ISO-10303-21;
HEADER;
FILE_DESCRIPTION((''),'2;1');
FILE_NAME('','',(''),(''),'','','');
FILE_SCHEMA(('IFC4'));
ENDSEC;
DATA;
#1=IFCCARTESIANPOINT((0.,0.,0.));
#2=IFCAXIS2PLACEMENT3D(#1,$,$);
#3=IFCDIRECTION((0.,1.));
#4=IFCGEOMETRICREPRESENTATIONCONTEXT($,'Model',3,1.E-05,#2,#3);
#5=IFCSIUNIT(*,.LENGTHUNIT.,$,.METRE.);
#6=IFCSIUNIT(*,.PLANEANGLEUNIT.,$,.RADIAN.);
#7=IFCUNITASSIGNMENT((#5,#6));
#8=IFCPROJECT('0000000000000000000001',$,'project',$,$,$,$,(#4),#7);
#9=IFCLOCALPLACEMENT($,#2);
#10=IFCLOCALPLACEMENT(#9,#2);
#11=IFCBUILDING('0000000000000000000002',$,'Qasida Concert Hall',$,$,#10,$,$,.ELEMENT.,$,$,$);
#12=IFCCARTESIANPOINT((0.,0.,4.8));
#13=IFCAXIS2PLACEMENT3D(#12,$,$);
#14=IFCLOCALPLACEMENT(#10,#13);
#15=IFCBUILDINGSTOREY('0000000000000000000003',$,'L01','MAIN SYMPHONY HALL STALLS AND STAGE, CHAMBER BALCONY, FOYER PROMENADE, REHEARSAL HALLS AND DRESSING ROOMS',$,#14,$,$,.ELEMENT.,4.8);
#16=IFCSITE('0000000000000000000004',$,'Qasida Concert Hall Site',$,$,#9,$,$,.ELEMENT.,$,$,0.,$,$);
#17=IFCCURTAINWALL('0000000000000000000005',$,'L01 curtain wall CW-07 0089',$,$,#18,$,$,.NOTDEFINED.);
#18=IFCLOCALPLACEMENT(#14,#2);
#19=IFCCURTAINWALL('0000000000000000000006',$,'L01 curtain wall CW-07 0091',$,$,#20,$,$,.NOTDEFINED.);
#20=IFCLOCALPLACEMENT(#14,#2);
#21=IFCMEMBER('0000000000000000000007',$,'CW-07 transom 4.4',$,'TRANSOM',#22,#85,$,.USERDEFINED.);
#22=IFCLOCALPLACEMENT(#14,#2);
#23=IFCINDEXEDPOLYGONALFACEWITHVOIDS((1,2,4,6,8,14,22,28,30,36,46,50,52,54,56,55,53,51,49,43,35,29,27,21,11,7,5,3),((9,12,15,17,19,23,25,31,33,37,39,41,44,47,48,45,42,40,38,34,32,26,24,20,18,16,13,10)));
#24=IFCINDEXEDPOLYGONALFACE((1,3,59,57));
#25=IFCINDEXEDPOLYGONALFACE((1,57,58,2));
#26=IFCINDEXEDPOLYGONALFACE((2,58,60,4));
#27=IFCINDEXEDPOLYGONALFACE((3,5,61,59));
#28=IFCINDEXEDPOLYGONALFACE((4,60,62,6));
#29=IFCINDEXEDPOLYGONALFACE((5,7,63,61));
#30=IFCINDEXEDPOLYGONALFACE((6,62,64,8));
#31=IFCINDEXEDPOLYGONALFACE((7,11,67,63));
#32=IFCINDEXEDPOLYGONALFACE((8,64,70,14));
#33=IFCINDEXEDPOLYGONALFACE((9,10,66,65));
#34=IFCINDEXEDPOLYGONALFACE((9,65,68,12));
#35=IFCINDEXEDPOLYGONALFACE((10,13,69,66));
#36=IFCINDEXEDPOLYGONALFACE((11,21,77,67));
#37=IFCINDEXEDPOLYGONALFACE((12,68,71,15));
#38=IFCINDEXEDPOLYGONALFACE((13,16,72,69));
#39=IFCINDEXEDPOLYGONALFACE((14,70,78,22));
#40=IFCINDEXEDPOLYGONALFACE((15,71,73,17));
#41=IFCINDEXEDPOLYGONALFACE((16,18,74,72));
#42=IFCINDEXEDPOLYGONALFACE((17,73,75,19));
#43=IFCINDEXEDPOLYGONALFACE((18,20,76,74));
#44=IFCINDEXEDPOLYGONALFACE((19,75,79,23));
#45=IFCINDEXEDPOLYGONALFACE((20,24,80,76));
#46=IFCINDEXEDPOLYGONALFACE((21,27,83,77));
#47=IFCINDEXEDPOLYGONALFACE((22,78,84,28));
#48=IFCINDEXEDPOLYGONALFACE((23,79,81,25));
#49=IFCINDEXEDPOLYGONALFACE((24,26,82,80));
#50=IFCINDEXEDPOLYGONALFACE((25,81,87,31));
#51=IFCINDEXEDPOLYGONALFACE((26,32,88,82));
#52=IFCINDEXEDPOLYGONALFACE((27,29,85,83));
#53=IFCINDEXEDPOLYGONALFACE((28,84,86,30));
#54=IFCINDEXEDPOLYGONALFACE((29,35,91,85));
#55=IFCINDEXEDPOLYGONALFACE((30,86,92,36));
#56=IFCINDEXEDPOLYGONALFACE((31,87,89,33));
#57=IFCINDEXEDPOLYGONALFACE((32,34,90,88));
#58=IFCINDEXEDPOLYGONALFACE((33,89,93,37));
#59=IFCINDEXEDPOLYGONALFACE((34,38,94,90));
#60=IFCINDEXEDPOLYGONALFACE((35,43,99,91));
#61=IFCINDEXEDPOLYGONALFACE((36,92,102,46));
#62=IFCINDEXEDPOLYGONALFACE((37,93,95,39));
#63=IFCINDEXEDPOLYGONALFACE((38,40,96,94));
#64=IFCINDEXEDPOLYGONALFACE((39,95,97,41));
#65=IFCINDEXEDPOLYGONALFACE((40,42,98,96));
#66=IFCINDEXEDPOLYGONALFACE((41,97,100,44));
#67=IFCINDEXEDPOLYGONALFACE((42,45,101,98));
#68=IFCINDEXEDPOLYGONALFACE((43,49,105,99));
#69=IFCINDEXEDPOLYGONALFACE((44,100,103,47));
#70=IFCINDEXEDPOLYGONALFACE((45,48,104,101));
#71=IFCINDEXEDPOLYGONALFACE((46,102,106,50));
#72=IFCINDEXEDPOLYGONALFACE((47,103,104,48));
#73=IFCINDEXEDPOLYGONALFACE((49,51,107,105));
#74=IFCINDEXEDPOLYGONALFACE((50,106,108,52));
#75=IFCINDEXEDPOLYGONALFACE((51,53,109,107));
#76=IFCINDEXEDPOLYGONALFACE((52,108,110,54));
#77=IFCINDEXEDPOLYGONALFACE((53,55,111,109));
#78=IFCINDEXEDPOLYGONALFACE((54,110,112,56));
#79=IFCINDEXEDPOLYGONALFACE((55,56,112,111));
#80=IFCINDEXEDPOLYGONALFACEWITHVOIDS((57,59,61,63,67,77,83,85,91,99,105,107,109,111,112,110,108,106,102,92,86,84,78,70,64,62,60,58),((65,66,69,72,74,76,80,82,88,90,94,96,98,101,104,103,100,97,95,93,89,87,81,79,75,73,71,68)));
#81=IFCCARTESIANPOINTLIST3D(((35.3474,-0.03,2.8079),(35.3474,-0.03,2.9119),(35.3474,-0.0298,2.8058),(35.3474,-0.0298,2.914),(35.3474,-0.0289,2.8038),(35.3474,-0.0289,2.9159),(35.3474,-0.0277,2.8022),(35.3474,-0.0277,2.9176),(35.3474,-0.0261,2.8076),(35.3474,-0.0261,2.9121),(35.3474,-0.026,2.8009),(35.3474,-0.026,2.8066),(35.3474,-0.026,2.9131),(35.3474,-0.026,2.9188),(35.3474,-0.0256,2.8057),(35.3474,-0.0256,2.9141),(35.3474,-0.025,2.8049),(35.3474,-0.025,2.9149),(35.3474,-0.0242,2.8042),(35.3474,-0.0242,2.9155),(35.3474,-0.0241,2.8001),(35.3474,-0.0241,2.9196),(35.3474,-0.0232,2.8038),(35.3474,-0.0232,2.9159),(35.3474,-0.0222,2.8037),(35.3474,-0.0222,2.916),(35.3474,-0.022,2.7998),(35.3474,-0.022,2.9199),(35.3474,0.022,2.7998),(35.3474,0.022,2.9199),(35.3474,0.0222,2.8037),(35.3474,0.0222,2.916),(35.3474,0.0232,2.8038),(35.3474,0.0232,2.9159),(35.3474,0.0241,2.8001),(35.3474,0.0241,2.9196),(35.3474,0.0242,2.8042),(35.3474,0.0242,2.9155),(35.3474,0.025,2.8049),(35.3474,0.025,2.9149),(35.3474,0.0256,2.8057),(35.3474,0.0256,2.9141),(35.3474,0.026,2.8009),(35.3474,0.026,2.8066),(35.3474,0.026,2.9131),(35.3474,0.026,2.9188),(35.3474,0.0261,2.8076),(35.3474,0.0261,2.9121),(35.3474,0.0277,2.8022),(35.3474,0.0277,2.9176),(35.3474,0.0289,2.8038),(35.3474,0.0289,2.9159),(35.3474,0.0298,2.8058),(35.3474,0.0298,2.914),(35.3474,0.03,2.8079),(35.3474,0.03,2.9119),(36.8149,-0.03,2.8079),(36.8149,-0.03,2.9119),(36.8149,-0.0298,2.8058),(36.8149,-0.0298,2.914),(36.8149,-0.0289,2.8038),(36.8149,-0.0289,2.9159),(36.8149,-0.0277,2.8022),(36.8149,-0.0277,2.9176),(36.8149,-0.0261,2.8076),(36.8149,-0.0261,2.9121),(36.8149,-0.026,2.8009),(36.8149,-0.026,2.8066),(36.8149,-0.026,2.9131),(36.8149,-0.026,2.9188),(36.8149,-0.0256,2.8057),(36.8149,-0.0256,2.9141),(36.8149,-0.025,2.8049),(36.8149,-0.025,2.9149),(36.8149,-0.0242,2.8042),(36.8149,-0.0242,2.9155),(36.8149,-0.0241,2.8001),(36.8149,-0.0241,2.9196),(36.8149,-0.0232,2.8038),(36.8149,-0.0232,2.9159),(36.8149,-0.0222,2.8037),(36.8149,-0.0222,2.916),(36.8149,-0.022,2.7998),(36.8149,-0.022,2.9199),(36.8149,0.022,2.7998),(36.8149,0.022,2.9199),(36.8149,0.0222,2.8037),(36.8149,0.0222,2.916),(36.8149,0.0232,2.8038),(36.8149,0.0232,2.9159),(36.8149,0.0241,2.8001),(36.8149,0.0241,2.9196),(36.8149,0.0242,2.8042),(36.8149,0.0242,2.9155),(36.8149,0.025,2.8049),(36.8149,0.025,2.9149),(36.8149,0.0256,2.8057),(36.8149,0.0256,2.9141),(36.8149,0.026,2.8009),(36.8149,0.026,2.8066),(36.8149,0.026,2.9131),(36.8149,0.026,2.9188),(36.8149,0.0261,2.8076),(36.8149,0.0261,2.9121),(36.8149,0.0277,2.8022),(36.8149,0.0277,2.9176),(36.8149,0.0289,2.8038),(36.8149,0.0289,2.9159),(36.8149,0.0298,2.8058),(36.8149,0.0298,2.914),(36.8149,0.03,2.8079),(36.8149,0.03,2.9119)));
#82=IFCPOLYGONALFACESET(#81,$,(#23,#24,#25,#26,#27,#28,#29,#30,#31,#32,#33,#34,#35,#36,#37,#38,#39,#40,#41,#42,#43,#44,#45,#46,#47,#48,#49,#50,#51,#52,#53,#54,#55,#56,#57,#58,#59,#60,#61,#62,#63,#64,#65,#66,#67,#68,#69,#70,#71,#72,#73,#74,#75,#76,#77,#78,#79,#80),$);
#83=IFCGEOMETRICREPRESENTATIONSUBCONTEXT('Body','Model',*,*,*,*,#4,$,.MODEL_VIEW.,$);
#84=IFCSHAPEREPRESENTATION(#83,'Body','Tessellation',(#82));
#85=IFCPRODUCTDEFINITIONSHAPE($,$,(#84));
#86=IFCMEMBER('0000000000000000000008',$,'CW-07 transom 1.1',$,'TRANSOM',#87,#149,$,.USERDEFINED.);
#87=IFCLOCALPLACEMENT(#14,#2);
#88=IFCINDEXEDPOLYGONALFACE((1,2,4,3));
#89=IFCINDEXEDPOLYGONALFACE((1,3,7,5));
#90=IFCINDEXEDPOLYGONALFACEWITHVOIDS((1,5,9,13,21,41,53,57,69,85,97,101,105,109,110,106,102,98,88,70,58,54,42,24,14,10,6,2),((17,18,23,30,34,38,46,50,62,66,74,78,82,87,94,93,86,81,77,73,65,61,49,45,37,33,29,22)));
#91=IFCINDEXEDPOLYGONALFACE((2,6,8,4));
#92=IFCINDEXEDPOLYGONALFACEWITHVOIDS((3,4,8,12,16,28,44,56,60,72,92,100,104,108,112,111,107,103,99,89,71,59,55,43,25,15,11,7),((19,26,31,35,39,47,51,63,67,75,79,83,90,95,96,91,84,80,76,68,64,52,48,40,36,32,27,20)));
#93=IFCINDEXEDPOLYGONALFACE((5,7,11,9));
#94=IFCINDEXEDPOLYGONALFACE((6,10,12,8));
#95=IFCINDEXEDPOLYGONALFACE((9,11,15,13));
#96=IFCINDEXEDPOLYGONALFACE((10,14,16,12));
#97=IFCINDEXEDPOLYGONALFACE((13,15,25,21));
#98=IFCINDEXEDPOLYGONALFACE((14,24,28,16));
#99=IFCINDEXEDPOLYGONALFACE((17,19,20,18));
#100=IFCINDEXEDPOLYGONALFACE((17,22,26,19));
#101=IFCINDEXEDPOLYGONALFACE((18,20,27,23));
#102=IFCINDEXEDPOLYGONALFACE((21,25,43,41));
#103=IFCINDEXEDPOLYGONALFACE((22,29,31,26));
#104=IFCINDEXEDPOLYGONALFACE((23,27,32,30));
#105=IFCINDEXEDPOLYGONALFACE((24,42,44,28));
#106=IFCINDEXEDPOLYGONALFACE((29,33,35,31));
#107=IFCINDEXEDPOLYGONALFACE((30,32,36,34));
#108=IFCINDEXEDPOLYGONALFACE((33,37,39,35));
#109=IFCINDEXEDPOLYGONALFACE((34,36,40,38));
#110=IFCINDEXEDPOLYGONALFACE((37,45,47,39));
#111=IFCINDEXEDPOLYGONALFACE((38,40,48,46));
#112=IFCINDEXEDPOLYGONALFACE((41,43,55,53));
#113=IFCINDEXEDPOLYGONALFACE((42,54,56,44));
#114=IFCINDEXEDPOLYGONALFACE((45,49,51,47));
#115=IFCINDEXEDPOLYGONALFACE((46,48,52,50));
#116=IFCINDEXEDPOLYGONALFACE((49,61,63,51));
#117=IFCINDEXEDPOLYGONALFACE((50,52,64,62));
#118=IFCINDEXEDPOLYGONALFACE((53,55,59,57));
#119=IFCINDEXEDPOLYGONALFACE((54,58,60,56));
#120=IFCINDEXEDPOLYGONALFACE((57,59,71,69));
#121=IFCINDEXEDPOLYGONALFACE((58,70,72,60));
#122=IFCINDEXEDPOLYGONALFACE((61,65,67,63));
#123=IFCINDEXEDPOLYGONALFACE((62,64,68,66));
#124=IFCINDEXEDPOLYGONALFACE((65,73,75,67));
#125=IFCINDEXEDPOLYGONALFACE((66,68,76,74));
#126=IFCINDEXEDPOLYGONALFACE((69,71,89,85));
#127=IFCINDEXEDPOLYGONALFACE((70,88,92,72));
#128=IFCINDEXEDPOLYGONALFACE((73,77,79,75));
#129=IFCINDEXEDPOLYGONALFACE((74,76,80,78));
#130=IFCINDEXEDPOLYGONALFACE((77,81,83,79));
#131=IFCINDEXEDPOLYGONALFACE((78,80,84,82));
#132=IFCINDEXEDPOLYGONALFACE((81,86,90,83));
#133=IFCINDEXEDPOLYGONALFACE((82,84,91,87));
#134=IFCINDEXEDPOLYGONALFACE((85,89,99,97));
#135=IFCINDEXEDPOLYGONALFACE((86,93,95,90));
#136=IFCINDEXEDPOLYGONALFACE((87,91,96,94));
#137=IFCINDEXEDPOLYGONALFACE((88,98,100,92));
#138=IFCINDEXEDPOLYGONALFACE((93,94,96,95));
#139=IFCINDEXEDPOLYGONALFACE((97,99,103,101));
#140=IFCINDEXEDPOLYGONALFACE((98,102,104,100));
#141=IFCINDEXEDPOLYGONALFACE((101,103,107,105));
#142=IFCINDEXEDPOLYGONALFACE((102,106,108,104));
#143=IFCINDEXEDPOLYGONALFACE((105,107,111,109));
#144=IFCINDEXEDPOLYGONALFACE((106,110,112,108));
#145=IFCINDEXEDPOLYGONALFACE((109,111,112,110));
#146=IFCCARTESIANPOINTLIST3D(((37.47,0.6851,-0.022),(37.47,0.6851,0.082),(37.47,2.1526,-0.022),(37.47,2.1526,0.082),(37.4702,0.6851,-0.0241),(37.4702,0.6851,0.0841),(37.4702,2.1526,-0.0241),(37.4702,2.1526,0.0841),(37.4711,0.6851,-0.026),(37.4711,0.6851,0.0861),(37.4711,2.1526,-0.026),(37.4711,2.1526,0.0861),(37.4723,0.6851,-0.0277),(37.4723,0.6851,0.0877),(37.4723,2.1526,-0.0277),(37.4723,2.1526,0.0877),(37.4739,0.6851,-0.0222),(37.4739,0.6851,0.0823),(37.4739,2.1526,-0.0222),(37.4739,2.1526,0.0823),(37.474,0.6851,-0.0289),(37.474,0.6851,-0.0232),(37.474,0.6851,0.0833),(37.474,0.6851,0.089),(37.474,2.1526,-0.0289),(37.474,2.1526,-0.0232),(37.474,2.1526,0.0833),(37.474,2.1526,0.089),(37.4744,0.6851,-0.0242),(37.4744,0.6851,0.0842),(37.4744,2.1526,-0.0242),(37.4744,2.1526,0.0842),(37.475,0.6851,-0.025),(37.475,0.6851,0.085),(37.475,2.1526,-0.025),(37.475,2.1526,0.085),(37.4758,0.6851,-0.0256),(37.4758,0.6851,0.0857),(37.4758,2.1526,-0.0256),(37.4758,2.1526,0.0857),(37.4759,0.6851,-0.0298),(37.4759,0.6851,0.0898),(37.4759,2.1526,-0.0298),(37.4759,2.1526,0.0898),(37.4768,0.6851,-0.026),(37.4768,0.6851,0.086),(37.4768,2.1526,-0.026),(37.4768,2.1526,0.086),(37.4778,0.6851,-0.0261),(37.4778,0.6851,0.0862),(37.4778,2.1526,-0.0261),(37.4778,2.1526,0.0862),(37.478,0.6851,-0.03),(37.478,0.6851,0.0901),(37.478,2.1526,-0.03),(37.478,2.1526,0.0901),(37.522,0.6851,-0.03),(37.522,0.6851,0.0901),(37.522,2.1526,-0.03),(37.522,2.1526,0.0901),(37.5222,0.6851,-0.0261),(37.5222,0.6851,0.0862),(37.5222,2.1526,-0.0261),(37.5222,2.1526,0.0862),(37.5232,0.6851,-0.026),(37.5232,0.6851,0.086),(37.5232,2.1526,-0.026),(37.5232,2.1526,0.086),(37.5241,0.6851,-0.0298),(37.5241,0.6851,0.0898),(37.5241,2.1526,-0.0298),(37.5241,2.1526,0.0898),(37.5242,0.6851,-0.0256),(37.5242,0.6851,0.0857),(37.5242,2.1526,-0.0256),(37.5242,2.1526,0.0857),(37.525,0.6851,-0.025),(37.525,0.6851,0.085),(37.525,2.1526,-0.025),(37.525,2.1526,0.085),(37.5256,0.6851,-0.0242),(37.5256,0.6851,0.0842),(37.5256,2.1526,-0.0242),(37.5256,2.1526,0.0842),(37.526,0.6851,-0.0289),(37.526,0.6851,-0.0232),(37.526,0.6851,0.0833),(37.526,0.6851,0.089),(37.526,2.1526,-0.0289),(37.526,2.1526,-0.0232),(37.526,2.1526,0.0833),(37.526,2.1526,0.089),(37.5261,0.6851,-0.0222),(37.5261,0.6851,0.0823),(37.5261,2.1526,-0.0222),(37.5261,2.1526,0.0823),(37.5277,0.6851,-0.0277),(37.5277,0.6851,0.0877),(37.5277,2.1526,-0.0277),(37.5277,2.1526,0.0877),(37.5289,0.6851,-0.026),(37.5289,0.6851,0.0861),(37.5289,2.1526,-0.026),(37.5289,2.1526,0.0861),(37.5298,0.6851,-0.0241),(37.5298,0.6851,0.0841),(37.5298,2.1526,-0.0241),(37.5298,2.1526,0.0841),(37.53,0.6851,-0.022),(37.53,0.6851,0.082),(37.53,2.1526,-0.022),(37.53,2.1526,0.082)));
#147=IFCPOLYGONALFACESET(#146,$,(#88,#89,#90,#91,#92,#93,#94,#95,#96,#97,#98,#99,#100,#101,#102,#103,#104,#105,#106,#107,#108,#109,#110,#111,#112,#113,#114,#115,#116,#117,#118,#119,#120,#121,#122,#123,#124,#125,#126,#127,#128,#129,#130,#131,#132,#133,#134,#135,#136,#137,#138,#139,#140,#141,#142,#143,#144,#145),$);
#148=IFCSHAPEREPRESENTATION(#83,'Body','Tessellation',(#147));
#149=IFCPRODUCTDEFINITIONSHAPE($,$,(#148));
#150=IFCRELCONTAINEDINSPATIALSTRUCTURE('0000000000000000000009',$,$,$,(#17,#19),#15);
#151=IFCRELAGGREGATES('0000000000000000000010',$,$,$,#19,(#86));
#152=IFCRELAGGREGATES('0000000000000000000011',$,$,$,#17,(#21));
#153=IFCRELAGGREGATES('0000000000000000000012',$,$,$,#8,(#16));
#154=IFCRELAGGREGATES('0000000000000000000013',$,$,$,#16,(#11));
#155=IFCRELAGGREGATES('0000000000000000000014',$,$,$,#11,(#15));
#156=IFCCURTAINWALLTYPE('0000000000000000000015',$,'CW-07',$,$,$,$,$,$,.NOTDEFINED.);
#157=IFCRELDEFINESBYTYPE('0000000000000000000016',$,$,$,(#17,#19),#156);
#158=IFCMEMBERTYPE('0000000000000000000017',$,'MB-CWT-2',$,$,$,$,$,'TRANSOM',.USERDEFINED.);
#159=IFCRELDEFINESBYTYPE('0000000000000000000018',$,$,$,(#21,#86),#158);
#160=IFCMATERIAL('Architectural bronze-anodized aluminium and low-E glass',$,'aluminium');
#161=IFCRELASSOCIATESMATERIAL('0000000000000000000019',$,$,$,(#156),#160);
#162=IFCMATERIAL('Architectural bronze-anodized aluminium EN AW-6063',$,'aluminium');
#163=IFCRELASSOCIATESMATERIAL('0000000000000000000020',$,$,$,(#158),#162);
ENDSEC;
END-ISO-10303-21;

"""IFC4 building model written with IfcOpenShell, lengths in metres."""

from ifc_helpers import new_model, si_unit, direction, frame, origin, origin_2d, place, context, subcontext, project, spatial, hollow_rectangle, extrude, material, material_profile, profile_set, type_object, element, aggregate, save


model = new_model("IFC4")

# Units and contexts
model_context = context("Model", 3, precision=1e-05, world=origin(), true_north=direction((0.0, 1.0)))
body_context = subcontext(model_context, "Body", "Model", "MODEL_VIEW")
ifc_project = project(units=[si_unit("LENGTHUNIT", "METRE"), si_unit("PLANEANGLEUNIT", "RADIAN")], contexts=[model_context])

# Site, building, storey
site_placement = place(None, origin())
site = spatial("IfcSite", under=ifc_project, at=site_placement, Name="Qasida Concert Hall Site", CompositionType="ELEMENT", RefElevation=0.0)
building_placement = place(site_placement, origin())
building = spatial("IfcBuilding", under=site, at=building_placement, Name="Qasida Concert Hall", CompositionType="ELEMENT")
storey_placement = place(building_placement, frame((0.0, 0.0, 4.8)))
storey = spatial("IfcBuildingStorey", under=building, at=storey_placement, Name="L01", Description="MAIN SYMPHONY HALL STALLS AND STAGE, CHAMBER BALCONY, FOYER PROMENADE, REHEARSAL HALLS AND DRESSING ROOMS", CompositionType="ELEMENT", Elevation=4.8)

# Curtain wall
ifc_material_1 = material(Name="Architectural bronze-anodized aluminium and low-E glass", Category="aluminium")
curtain_wall_type = type_object("IfcCurtainWallType", Name="CW-07", PredefinedType="NOTDEFINED", material=ifc_material_1)
curtain_wall_1_placement = place(storey_placement, origin())
curtain_wall_1 = element("IfcCurtainWall", 1, at=curtain_wall_1_placement, inside=storey, type_object=curtain_wall_type, Name="L01 curtain wall CW-07 0089", PredefinedType="NOTDEFINED")
ifc_material_2 = material(Name="Architectural bronze-anodized aluminium EN AW-6063", Category="aluminium")

# Curtain wall
curtain_wall_2_placement = place(storey_placement, origin())
curtain_wall_2 = element("IfcCurtainWall", 2, at=curtain_wall_2_placement, inside=storey, type_object=curtain_wall_type, Name="L01 curtain wall CW-07 0091", PredefinedType="NOTDEFINED")

# Members
ifc_material_profile_1 = material_profile(ifc_material_2, hollow_rectangle(XDim=0.0601, YDim=0.1201, WallThickness=0.0039, InnerFilletRadius=0.0039, OuterFilletRadius=0.0081, at=origin_2d()), Name="CWT 120x60x4")
ifc_profile_set_1 = profile_set([ifc_material_profile_1], Name="Architectural bronze-anodized aluminium EN AW-6063")
member_type_1 = type_object("IfcMemberType", Name="MB-CWT-2", ElementType="TRANSOM", PredefinedType="USERDEFINED", material=ifc_profile_set_1)
member_1_placement = place(storey_placement, frame((35.3474, 0.0, 2.8599), z_axis=(1.0, 0.0, 0.0), x_axis=(0.0, 1.0, 0.0)))
member_1 = element("IfcMember", 3, at=member_1_placement, type_object=member_type_1, Name="CW-07 transom 4.4", ObjectType="TRANSOM", PredefinedType="USERDEFINED", context=body_context, shape_type="SweptSolid", body=[
    extrude(hollow_rectangle(XDim=0.0601, YDim=0.1201, WallThickness=0.0039, InnerFilletRadius=0.0039, OuterFilletRadius=0.0081, at=origin_2d()), origin(), (0.0, 0.0, 1.0), 1.4675),
])
member_2_placement = place(storey_placement, frame((37.5, 0.6851, 0.03), z_axis=(0.0, 1.0, 0.0), x_axis=(-1.0, 0.0, 0.0)))
member_2 = element("IfcMember", 4, at=member_2_placement, type_object=member_type_1, Name="CW-07 transom 1.1", ObjectType="TRANSOM", PredefinedType="USERDEFINED", context=body_context, shape_type="SweptSolid", body=[
    extrude(hollow_rectangle(XDim=0.0601, YDim=0.1201, WallThickness=0.0039, InnerFilletRadius=0.0039, OuterFilletRadius=0.0081, at=origin_2d()), origin(), (0.0, 0.0, 1.0), 1.4675),
])
aggregate(curtain_wall_2, [member_2])

aggregate(curtain_wall_1, [member_1])

save(model, "model.ifc")
